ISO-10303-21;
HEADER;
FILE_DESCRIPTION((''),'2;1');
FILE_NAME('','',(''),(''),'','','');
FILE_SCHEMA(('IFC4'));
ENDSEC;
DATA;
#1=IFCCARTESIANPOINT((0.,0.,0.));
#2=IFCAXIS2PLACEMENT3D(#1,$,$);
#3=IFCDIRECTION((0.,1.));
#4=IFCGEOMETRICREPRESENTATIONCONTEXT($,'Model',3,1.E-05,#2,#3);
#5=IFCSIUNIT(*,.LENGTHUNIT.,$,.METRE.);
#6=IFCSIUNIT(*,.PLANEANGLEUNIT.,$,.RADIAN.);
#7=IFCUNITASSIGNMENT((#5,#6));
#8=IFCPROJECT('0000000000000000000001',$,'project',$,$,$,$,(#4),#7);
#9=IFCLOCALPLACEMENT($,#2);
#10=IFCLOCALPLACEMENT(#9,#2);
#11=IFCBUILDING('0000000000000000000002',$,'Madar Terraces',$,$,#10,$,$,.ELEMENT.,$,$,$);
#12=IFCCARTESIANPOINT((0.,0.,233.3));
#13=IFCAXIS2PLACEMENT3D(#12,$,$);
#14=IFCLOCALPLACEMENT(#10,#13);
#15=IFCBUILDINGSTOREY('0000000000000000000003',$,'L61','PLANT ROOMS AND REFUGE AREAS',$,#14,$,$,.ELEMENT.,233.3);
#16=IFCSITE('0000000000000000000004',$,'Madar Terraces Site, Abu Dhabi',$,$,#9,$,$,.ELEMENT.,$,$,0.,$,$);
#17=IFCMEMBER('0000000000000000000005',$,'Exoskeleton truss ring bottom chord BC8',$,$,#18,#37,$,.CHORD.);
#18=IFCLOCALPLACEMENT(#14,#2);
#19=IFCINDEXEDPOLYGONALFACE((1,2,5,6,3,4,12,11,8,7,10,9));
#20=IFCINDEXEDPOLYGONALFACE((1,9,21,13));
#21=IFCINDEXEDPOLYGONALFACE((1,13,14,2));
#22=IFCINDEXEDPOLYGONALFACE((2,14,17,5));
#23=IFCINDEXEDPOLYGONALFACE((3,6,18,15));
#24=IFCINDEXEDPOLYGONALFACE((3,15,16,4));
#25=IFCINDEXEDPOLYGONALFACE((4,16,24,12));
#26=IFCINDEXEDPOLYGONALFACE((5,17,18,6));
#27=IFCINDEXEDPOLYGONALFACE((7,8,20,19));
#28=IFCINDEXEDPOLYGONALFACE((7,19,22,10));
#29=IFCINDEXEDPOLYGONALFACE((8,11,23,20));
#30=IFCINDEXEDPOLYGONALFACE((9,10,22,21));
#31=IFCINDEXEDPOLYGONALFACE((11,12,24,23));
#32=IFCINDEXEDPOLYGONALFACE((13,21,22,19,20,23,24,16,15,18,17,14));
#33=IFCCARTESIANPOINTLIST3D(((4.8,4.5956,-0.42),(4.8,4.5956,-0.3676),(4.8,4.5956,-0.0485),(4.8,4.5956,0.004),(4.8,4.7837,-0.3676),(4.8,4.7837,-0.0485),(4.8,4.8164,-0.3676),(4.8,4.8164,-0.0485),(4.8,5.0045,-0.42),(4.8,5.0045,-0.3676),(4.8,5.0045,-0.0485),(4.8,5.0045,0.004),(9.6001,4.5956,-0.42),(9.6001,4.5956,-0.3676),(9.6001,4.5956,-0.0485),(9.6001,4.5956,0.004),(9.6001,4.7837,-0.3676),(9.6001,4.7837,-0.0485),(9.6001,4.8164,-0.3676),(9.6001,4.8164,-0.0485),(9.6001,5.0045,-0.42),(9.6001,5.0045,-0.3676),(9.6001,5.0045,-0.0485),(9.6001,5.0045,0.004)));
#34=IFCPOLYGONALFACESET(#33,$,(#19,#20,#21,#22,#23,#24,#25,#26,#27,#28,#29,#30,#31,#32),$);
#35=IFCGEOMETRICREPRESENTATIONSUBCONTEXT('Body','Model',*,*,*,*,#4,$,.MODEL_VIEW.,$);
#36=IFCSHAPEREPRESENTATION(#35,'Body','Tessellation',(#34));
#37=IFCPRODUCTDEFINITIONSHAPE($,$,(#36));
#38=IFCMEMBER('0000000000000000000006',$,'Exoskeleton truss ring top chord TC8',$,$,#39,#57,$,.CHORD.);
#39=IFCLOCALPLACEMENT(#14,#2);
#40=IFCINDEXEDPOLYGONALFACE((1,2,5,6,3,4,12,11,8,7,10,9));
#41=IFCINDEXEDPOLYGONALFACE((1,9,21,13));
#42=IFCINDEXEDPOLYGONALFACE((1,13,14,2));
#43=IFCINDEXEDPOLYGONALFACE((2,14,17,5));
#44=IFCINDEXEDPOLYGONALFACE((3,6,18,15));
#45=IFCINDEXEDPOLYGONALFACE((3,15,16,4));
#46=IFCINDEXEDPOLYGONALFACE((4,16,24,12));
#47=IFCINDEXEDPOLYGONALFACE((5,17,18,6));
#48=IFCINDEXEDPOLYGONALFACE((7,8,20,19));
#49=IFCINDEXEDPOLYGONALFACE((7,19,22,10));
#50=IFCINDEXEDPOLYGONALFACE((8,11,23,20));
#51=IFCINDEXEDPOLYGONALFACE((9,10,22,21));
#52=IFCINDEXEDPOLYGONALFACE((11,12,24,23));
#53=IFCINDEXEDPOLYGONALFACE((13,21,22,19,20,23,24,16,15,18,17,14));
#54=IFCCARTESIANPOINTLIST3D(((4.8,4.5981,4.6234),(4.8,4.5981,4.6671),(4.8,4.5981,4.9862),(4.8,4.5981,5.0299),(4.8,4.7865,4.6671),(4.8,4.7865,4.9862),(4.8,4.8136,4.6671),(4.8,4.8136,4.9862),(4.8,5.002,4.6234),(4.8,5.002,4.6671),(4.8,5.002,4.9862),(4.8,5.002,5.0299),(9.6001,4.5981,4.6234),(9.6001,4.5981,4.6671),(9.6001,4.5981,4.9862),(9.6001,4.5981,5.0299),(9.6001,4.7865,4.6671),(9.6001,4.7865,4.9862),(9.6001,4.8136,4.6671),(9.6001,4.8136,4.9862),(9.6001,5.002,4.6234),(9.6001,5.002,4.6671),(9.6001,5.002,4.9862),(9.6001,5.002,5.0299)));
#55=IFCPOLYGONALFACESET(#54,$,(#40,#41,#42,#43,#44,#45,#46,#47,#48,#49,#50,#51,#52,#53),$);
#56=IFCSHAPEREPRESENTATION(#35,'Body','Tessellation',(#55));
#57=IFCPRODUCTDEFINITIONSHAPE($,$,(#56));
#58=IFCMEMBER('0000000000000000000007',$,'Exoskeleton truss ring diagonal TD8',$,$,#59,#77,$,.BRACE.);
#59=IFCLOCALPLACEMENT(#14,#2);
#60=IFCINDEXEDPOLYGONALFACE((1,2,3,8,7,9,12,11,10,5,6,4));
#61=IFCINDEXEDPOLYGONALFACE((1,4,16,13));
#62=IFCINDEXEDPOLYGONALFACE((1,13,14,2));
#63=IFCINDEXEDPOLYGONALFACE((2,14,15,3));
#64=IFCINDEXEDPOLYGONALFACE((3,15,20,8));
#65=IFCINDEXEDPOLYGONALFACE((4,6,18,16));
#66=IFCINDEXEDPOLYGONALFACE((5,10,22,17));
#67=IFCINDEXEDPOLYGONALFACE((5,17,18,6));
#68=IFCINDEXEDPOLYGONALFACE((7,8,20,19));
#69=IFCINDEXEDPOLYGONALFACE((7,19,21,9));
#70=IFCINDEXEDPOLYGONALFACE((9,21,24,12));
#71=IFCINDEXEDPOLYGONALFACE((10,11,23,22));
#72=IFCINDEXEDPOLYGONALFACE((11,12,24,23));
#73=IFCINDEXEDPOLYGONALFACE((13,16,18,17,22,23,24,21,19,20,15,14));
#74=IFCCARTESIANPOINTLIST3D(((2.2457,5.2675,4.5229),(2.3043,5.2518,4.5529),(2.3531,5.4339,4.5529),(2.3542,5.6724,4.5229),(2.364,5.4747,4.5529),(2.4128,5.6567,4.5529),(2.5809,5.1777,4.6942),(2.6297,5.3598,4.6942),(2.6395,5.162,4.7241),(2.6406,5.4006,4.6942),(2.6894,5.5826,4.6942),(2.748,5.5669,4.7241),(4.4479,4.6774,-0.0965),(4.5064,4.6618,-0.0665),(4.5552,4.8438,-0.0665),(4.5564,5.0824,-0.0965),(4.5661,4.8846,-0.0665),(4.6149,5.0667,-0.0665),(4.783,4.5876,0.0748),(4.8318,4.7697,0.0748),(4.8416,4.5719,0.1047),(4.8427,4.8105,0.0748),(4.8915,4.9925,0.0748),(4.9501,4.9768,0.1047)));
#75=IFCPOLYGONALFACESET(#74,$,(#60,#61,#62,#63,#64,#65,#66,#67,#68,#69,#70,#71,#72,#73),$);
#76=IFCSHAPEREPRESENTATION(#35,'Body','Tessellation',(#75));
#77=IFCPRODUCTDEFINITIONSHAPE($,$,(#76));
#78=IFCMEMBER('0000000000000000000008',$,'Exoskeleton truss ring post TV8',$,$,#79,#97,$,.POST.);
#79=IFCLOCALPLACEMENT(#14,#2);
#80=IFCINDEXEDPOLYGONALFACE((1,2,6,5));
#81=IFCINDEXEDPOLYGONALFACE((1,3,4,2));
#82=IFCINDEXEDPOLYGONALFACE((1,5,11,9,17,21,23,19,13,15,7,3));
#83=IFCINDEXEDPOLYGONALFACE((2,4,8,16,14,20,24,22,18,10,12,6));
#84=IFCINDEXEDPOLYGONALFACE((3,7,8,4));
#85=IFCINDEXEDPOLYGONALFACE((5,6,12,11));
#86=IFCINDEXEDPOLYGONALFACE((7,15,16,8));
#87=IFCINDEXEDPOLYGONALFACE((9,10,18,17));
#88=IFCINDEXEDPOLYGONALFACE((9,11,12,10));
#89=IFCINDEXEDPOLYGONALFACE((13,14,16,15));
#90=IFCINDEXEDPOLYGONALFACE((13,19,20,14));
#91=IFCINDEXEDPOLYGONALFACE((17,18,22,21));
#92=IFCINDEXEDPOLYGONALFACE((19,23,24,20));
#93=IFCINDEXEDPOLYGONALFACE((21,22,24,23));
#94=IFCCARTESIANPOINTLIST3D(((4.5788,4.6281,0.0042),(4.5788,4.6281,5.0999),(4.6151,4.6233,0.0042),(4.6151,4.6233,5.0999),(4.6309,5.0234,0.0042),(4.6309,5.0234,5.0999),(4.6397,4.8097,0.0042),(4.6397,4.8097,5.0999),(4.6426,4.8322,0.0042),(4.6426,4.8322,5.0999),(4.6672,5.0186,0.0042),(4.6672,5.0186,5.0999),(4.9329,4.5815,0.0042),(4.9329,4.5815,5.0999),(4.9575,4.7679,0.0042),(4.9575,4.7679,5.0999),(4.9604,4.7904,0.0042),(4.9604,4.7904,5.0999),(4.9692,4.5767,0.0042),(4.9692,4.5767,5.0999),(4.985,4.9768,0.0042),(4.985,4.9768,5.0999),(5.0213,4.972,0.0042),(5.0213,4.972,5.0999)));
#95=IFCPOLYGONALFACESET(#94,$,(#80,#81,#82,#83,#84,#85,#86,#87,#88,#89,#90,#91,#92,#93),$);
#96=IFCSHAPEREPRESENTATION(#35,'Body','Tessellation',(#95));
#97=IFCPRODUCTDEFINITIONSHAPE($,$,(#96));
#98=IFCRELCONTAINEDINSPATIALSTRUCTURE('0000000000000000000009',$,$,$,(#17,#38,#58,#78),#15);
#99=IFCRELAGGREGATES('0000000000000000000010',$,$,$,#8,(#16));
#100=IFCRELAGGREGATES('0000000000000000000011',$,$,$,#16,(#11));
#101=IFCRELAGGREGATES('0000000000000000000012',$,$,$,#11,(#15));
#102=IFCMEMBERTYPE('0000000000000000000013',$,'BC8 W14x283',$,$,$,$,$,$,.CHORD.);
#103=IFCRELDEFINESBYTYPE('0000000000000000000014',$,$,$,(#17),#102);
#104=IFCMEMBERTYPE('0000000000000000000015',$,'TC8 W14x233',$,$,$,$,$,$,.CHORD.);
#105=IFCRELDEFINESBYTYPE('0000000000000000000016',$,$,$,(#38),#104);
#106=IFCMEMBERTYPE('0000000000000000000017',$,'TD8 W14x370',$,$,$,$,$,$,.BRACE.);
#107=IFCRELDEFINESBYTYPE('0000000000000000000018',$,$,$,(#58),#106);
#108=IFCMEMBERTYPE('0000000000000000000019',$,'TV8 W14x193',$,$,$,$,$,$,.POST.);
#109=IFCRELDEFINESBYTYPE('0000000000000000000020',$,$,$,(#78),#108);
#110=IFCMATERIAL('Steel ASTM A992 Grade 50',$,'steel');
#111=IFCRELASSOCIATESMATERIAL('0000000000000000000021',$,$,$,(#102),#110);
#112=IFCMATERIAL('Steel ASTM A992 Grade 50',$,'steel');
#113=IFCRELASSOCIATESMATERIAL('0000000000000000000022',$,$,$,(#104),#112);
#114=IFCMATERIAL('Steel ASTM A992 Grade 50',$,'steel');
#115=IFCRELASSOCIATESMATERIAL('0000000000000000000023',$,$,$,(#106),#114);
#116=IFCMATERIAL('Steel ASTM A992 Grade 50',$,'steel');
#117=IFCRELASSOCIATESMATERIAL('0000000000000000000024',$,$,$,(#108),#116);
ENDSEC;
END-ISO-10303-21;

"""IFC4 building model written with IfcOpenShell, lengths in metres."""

from ifc_helpers import new_model, si_unit, direction, frame, origin, origin_2d, place, context, subcontext, project, spatial, i_section, extrude, material, material_profile, profile_set, type_object, element, save


model = new_model("IFC4")

# Units and contexts
model_context = context("Model", 3, precision=1e-05, world=origin(), true_north=direction((0.0, 1.0)))
body_context = subcontext(model_context, "Body", "Model", "MODEL_VIEW")
ifc_project = project(units=[si_unit("LENGTHUNIT", "METRE"), si_unit("PLANEANGLEUNIT", "RADIAN")], contexts=[model_context])

# Site, building, storey
site_placement = place(None, origin())
site = spatial("IfcSite", under=ifc_project, at=site_placement, Name="Madar Terraces Site, Abu Dhabi", CompositionType="ELEMENT", RefElevation=0.0)
building_placement = place(site_placement, origin())
building = spatial("IfcBuilding", under=site, at=building_placement, Name="Madar Terraces", CompositionType="ELEMENT")
storey_placement = place(building_placement, frame((0.0, 0.0, 233.3)))
storey = spatial("IfcBuildingStorey", under=building, at=storey_placement, Name="L61", Description="PLANT ROOMS AND REFUGE AREAS", CompositionType="ELEMENT", Elevation=233.3)

# Members
ifc_material_1 = material(Name="Steel ASTM A992 Grade 50", Category="steel")
ifc_material_profile_1 = material_profile(ifc_material_1, i_section(OverallWidth=0.4089, OverallDepth=0.4241, WebThickness=0.0327, FlangeThickness=0.0525, at=origin_2d()), Name="W14x283")
ifc_profile_set_1 = profile_set([ifc_material_profile_1], Name="Steel ASTM A992 Grade 50")
member_type_1 = type_object("IfcMemberType", Name="BC8 W14x283", PredefinedType="CHORD", material=ifc_profile_set_1)
member_1_placement = place(storey_placement, frame((4.8, 4.8, -0.208), z_axis=(1.0, 0.0, 0.0), x_axis=(0.0, 1.0, 0.0)))
element("IfcMember", 1, at=member_1_placement, inside=storey, type_object=member_type_1, Name="Exoskeleton truss ring bottom chord BC8", PredefinedType="CHORD", context=body_context, shape_type="SweptSolid", body=[
    extrude(i_section(OverallWidth=0.4089, OverallDepth=0.4241, WebThickness=0.0327, FlangeThickness=0.0525, at=origin_2d()), origin(), (0.0, 0.0, 1.0), 4.8),
])
ifc_material_2 = material(Name="Steel ASTM A992 Grade 50", Category="steel")
ifc_material_profile_2 = material_profile(ifc_material_2, i_section(OverallWidth=0.4038, OverallDepth=0.4065, WebThickness=0.0271, FlangeThickness=0.0437, at=origin_2d()), Name="W14x233")
ifc_profile_set_2 = profile_set([ifc_material_profile_2], Name="Steel ASTM A992 Grade 50")
member_type_2 = type_object("IfcMemberType", Name="TC8 W14x233", PredefinedType="CHORD", material=ifc_profile_set_2)
member_2_placement = place(storey_placement, frame((4.8, 4.8, 4.8267), z_axis=(1.0, 0.0, 0.0), x_axis=(0.0, 1.0, 0.0)))
element("IfcMember", 2, at=member_2_placement, inside=storey, type_object=member_type_2, Name="Exoskeleton truss ring top chord TC8", PredefinedType="CHORD", context=body_context, shape_type="SweptSolid", body=[
    extrude(i_section(OverallWidth=0.4038, OverallDepth=0.4065, WebThickness=0.0271, FlangeThickness=0.0437, at=origin_2d()), origin(), (0.0, 0.0, 1.0), 4.8),
])
ifc_material_3 = material(Name="Steel ASTM A992 Grade 50", Category="steel")
ifc_material_profile_3 = material_profile(ifc_material_3, i_section(OverallWidth=0.4192, OverallDepth=0.4546, WebThickness=0.0422, FlangeThickness=0.0676, at=origin_2d()), Name="W14x370")
ifc_profile_set_3 = profile_set([ifc_material_profile_3], Name="Steel ASTM A992 Grade 50")
member_type_3 = type_object("IfcMemberType", Name="TD8 W14x370", PredefinedType="BRACE", material=ifc_profile_set_3)
member_3_placement = place(storey_placement, frame((2.4968, 5.4172, 4.6235), z_axis=(0.42749, -0.11455, -0.896733), x_axis=(0.258829, 0.965923, 0.0)))
element("IfcMember", 3, at=member_3_placement, inside=storey, type_object=member_type_3, Name="Exoskeleton truss ring diagonal TD8", PredefinedType="BRACE", context=body_context, shape_type="SweptSolid", body=[
    extrude(i_section(OverallWidth=0.4192, OverallDepth=0.4546, WebThickness=0.0422, FlangeThickness=0.0676, at=origin_2d()), origin(), (0.0, 0.0, 1.0), 5.1514),
])
ifc_material_4 = material(Name="Steel ASTM A992 Grade 50", Category="steel")
ifc_material_profile_4 = material_profile(ifc_material_4, i_section(OverallWidth=0.3987, OverallDepth=0.3938, WebThickness=0.0227, FlangeThickness=0.0366, at=origin_2d()), Name="W14x193")
ifc_profile_set_4 = profile_set([ifc_material_profile_4], Name="Steel ASTM A992 Grade 50")
member_type_4 = type_object("IfcMemberType", Name="TV8 W14x193", PredefinedType="POST", material=ifc_profile_set_4)
member_4_placement = place(storey_placement, frame((4.8, 4.8, 0.0042), z_axis=(0.0, 0.0, 1.0), x_axis=(0.130526, 0.991445, 0.0)))
element("IfcMember", 4, at=member_4_placement, inside=storey, type_object=member_type_4, Name="Exoskeleton truss ring post TV8", PredefinedType="POST", context=body_context, shape_type="SweptSolid", body=[
    extrude(i_section(OverallWidth=0.3987, OverallDepth=0.3938, WebThickness=0.0227, FlangeThickness=0.0366, at=origin_2d()), origin(), (0.0, 0.0, 1.0), 5.0957),
])

save(model, "model.ifc")
